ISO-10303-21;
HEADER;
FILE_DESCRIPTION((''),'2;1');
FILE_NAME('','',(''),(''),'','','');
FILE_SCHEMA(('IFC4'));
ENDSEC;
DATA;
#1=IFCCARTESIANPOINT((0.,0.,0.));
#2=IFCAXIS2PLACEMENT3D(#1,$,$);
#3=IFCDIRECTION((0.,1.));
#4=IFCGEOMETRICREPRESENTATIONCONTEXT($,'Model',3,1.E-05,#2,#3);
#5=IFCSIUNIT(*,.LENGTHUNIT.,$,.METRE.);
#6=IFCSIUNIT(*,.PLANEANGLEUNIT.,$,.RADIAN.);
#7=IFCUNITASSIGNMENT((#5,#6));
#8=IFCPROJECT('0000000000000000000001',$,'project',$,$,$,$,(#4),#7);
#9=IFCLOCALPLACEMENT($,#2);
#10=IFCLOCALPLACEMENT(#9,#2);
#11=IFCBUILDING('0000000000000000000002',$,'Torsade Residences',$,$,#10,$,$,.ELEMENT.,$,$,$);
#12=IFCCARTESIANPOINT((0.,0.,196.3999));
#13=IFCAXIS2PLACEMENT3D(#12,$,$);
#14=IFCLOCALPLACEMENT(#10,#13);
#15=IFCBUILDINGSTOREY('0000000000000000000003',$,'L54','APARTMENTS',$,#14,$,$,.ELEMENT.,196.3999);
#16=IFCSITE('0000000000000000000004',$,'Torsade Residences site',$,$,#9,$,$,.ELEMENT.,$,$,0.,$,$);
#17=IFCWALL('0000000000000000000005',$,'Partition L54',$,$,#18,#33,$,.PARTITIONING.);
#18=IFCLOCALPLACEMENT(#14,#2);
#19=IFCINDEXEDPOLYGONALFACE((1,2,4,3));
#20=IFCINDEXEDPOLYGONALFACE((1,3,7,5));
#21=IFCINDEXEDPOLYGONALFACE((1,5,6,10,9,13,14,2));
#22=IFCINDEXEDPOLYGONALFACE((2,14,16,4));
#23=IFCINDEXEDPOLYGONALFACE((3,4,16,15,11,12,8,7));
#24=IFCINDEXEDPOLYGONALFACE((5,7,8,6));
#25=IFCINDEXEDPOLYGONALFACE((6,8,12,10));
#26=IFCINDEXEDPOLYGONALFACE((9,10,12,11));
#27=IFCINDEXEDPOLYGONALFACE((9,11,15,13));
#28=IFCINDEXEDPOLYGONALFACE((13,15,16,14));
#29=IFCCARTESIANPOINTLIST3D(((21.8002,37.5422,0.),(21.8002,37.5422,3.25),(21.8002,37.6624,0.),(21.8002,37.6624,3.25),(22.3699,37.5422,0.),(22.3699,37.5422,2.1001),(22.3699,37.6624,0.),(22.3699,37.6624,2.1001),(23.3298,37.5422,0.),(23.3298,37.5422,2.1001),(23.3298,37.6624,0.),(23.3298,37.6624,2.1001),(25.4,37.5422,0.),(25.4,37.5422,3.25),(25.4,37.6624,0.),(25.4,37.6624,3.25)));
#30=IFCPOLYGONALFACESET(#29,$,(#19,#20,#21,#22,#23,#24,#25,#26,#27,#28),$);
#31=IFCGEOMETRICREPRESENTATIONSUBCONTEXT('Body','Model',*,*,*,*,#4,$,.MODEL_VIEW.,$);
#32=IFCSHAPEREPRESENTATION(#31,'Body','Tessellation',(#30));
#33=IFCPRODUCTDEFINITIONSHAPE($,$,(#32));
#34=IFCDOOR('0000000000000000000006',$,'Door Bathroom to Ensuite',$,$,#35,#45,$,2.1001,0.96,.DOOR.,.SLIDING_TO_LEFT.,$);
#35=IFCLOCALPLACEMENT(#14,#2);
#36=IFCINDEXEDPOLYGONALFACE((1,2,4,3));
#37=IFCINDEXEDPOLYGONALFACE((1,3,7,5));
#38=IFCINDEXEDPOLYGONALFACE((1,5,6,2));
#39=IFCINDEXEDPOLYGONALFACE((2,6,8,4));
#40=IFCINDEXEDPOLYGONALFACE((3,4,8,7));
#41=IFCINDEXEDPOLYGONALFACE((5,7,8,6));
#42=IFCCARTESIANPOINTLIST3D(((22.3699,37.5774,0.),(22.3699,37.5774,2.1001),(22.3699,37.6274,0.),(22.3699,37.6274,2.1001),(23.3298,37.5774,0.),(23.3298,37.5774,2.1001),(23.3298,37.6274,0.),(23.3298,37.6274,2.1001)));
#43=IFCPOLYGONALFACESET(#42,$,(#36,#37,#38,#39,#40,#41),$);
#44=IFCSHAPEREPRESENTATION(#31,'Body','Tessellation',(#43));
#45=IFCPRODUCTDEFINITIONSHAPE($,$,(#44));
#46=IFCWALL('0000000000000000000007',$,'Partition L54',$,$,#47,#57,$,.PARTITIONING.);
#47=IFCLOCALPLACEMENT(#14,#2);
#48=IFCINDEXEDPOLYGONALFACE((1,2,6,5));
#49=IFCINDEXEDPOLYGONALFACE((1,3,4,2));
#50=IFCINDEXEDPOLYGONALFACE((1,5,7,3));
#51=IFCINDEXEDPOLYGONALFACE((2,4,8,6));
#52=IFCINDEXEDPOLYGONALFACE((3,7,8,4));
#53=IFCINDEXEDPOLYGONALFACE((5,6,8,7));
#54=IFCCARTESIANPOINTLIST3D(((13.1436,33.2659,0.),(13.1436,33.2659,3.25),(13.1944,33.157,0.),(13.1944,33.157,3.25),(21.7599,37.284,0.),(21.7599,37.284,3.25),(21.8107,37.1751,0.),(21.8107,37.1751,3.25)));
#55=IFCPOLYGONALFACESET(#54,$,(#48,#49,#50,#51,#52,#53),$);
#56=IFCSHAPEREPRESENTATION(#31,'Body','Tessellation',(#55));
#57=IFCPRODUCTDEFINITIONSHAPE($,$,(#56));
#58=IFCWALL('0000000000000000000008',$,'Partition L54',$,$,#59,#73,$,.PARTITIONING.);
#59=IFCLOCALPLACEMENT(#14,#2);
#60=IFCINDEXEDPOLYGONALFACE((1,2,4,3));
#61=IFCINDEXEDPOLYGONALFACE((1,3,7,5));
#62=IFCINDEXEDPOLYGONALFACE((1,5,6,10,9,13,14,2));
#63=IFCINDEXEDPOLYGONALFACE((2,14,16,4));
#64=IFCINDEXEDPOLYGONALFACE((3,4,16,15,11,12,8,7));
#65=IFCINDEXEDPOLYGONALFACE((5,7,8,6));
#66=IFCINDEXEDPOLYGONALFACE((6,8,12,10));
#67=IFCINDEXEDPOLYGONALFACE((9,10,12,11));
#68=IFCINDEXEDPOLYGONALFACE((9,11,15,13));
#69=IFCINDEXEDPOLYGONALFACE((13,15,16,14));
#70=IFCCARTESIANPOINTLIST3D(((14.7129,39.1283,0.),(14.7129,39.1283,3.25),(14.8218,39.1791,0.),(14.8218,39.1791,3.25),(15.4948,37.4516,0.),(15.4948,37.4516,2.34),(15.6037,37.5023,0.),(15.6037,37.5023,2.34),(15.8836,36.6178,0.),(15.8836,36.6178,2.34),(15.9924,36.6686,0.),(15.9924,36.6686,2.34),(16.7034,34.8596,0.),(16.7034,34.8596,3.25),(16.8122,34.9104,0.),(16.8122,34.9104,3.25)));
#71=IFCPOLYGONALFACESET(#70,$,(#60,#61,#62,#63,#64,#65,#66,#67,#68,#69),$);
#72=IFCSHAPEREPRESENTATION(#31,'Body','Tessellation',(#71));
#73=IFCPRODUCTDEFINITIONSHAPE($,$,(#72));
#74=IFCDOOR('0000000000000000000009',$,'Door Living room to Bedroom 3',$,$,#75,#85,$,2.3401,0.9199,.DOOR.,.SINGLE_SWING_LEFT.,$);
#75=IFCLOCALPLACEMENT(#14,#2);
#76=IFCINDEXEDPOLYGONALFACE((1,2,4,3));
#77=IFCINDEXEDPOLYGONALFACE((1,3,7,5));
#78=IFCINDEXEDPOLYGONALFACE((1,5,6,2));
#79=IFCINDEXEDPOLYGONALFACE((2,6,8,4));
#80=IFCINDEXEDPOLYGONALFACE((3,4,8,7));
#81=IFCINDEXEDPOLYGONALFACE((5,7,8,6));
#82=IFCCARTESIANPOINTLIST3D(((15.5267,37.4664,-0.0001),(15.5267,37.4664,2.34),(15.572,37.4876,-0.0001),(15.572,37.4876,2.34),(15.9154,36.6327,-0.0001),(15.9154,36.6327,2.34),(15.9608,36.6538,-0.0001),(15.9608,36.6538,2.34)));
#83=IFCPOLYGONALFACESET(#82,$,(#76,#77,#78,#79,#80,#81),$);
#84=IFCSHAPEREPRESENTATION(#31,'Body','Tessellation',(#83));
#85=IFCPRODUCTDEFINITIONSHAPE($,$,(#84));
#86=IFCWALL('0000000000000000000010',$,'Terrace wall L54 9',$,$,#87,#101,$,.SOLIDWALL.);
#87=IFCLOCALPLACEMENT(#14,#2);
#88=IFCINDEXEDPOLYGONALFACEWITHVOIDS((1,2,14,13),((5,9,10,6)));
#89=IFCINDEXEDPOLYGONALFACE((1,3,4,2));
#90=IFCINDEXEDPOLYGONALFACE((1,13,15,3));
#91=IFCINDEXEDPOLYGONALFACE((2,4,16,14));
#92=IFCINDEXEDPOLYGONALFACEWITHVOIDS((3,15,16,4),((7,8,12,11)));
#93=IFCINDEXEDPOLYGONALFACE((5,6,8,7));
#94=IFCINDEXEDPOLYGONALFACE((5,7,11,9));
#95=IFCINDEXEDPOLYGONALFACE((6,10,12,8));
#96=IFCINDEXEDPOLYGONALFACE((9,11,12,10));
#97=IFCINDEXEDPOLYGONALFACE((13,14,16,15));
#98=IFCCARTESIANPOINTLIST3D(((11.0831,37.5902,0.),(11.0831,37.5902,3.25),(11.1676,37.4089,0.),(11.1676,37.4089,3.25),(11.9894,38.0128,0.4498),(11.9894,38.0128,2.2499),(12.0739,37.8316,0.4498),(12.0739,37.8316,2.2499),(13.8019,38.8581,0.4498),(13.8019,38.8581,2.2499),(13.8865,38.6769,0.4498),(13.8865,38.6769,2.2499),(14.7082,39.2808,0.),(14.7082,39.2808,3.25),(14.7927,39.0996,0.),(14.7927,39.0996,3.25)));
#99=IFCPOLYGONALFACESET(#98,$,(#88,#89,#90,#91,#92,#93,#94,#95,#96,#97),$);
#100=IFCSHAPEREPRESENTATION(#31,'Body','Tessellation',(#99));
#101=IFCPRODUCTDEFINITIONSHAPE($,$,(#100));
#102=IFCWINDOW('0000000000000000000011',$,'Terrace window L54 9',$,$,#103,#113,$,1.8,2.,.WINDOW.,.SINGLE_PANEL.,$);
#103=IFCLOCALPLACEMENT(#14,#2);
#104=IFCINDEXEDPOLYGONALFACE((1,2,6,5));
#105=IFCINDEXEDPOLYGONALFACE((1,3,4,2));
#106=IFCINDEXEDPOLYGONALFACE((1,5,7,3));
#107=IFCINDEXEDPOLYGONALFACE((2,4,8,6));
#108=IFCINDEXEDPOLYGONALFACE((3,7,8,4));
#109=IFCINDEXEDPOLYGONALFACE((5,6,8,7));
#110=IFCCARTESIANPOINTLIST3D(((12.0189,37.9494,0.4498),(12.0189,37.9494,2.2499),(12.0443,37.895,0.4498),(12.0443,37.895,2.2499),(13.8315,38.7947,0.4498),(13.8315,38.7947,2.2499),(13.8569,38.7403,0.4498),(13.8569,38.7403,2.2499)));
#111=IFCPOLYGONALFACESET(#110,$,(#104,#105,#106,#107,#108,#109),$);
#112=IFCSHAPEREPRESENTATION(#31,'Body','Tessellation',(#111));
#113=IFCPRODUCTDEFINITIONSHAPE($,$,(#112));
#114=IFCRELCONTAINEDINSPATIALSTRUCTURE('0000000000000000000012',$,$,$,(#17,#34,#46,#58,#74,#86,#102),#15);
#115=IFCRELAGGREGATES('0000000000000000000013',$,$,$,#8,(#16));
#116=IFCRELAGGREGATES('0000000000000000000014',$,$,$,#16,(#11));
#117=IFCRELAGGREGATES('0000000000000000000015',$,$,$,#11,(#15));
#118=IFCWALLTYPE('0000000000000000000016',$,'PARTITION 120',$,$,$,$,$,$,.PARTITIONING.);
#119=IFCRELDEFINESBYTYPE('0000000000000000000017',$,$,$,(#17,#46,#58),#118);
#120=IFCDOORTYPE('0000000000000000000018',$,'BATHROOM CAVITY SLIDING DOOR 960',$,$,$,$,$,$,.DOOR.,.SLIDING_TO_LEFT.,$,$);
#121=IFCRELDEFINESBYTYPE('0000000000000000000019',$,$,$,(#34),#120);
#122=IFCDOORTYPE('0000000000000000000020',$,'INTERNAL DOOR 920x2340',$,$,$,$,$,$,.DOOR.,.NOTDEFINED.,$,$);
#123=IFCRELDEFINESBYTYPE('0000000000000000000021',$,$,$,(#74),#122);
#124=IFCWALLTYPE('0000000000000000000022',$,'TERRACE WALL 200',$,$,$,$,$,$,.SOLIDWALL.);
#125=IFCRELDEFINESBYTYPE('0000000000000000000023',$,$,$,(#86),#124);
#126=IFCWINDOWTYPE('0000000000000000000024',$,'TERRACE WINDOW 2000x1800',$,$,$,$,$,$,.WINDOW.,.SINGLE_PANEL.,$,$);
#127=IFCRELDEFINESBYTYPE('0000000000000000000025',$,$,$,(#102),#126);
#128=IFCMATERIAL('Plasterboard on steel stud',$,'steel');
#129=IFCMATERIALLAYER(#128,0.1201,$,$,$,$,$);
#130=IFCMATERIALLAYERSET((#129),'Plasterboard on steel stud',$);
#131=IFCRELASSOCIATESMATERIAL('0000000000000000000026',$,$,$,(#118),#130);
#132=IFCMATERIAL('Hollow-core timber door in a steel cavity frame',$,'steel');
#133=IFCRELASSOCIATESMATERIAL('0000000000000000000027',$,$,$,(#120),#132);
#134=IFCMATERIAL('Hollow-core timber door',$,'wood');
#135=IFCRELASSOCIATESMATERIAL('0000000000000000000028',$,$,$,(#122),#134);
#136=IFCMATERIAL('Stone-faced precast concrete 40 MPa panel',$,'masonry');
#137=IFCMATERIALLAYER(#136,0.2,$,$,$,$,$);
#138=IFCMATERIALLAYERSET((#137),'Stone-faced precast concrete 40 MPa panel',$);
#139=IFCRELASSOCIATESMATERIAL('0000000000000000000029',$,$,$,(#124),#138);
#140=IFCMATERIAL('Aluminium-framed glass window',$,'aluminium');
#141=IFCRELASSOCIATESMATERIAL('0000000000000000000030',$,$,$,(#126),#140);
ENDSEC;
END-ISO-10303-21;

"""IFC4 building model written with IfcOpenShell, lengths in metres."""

from ifc_helpers import new_model, si_unit, direction, frame, frame_2d, origin, place, context, subcontext, project, spatial, rectangle, extrude, material, layer, layer_set, type_object, element, fill, save


model = new_model("IFC4")

# Units and contexts
model_context = context("Model", 3, precision=1e-05, world=origin(), true_north=direction((0.0, 1.0)))
body_context = subcontext(model_context, "Body", "Model", "MODEL_VIEW")
ifc_project = project(units=[si_unit("LENGTHUNIT", "METRE"), si_unit("PLANEANGLEUNIT", "RADIAN")], contexts=[model_context])

# Site, building, storey
site_placement = place(None, origin())
site = spatial("IfcSite", under=ifc_project, at=site_placement, Name="Torsade Residences site", CompositionType="ELEMENT", RefElevation=0.0)
building_placement = place(site_placement, origin())
building = spatial("IfcBuilding", under=site, at=building_placement, Name="Torsade Residences", CompositionType="ELEMENT")
storey_placement = place(building_placement, frame((0.0, 0.0, 196.3999)))
storey = spatial("IfcBuildingStorey", under=building, at=storey_placement, Name="L54", Description="APARTMENTS", CompositionType="ELEMENT", Elevation=196.3999)

# Wall, opening, door
ifc_material_1 = material(Name="Plasterboard on steel stud", Category="steel")
ifc_layer_1 = layer(ifc_material_1, 0.1201)
ifc_layer_set_1 = layer_set([ifc_layer_1], Name="Plasterboard on steel stud")
wall_type_1 = type_object("IfcWallType", Name="PARTITION 120", PredefinedType="PARTITIONING", material=ifc_layer_set_1)
wall_1_placement = place(storey_placement, frame((25.3999, 37.6023, 0.0), z_axis=(0.0, 0.0, 1.0), x_axis=(-1.0, 0.0, 0.0)))
wall_1 = element("IfcWall", 1, at=wall_1_placement, inside=storey, type_object=wall_type_1, Name="Partition L54", PredefinedType="PARTITIONING", context=body_context, shape_type="SweptSolid", body=[
    extrude(rectangle(XDim=3.5999, YDim=0.1201, at=frame_2d((1.7998, 0.0))), origin(), (0.0, 0.0, 1.0), 3.25),
])
opening_1_placement = place(wall_1_placement, frame((2.0701, 0.0, 0.0)))
opening_1 = element("IfcOpeningElement", 2, at=opening_1_placement, cuts=wall_1, PredefinedType="OPENING", context=body_context, shape_type="SweptSolid", body=[
    extrude(rectangle(XDim=0.96, YDim=2.1001, at=frame_2d((0.48, 1.05))), frame((0.0, 0.0701, 0.0), z_axis=(0.0, -1.0, 0.0), x_axis=(1.0, 0.0, 0.0)), (0.0, 0.0, 1.0), 0.1401),
])
ifc_material_2 = material(Name="Hollow-core timber door in a steel cavity frame", Category="steel")
door_type_1 = type_object("IfcDoorType", Name="BATHROOM CAVITY SLIDING DOOR 960", OperationType="SLIDING_TO_LEFT", PredefinedType="DOOR", material=ifc_material_2)
door_1_placement = place(opening_1_placement, origin())
door_1 = element("IfcDoor", 3, at=door_1_placement, inside=storey, type_object=door_type_1, Name="Door Bathroom to Ensuite", OperationType="SLIDING_TO_LEFT", OverallHeight=2.1001, OverallWidth=0.96, PredefinedType="DOOR", context=body_context, shape_type="SweptSolid", body=[
    extrude(rectangle(XDim=0.96, YDim=2.1001, at=frame_2d((0.48, 1.05))), frame((0.0, 0.0249, 0.0), z_axis=(0.0, -1.0, 0.0), x_axis=(1.0, 0.0, 0.0)), (0.0, 0.0, 1.0), 0.05),
])
fill(opening_1, door_1)

# Wall
wall_2_placement = place(storey_placement, frame((21.7852, 37.2295, 0.0), z_axis=(0.0, 0.0, 1.0), x_axis=(-0.906297, -0.422641, 0.0)))
element("IfcWall", 4, at=wall_2_placement, inside=storey, type_object=wall_type_1, Name="Partition L54", PredefinedType="PARTITIONING", context=body_context, shape_type="SweptSolid", body=[
    extrude(rectangle(XDim=9.5071, YDim=0.1201, at=frame_2d((4.7534, 0.0))), origin(), (0.0, 0.0, 1.0), 3.25),
])

# Wall, opening, door
wall_3_placement = place(storey_placement, frame((16.7578, 34.885, 0.0), z_axis=(0.0, 0.0, 1.0), x_axis=(-0.422602, 0.906316, 0.0)))
wall_3 = element("IfcWall", 5, at=wall_3_placement, inside=storey, type_object=wall_type_1, Name="Partition L54", PredefinedType="PARTITIONING", context=body_context, shape_type="SweptSolid", body=[
    extrude(rectangle(XDim=4.71, YDim=0.1201, at=frame_2d((2.355, 0.0))), origin(), (0.0, 0.0, 1.0), 3.25),
])
opening_2_placement = place(wall_3_placement, frame((1.9399, 0.0, 0.0)))
opening_2 = element("IfcOpeningElement", 6, at=opening_2_placement, cuts=wall_3, PredefinedType="OPENING", context=body_context, shape_type="SweptSolid", body=[
    extrude(rectangle(XDim=0.9199, YDim=2.3401, at=frame_2d((0.46, 1.1699))), frame((0.0, 0.0701, 0.0), z_axis=(0.0, -1.0, 0.0), x_axis=(1.0, 0.0, 0.0)), (0.0, 0.0, 1.0), 0.1401),
])
ifc_material_3 = material(Name="Hollow-core timber door", Category="wood")
door_type_2 = type_object("IfcDoorType", Name="INTERNAL DOOR 920x2340", OperationType="NOTDEFINED", PredefinedType="DOOR", material=ifc_material_3)
door_2_placement = place(opening_2_placement, origin())
door_2 = element("IfcDoor", 7, at=door_2_placement, inside=storey, type_object=door_type_2, Name="Door Living room to Bedroom 3", OperationType="SINGLE_SWING_LEFT", OverallHeight=2.3401, OverallWidth=0.9199, PredefinedType="DOOR", context=body_context, shape_type="SweptSolid", body=[
    extrude(rectangle(XDim=0.9199, YDim=2.3401, at=frame_2d((0.46, 1.1699))), frame((0.0, 0.0249, 0.0), z_axis=(0.0, -1.0, 0.0), x_axis=(1.0, 0.0, 0.0)), (0.0, 0.0, 1.0), 0.05),
])
fill(opening_2, door_2)

# Wall, opening, window
ifc_material_4 = material(Name="Stone-faced precast concrete 40 MPa panel", Category="masonry")
ifc_layer_2 = layer(ifc_material_4, 0.2)
ifc_layer_set_2 = layer_set([ifc_layer_2], Name="Stone-faced precast concrete 40 MPa panel")
wall_type_2 = type_object("IfcWallType", Name="TERRACE WALL 200", PredefinedType="SOLIDWALL", material=ifc_layer_set_2)
wall_4_placement = place(storey_placement, frame((14.7505, 39.1902, 0.0), z_axis=(0.0, 0.0, 1.0), x_axis=(-0.906289, -0.422658, 0.0)))
wall_4 = element("IfcWall", 8, at=wall_4_placement, inside=storey, type_object=wall_type_2, Name="Terrace wall L54 9", PredefinedType="SOLIDWALL", context=body_context, shape_type="SweptSolid", body=[
    extrude(rectangle(XDim=4.0, YDim=0.2, at=frame_2d((2.0, 0.0))), origin(), (0.0, 0.0, 1.0), 3.25),
])
opening_3_placement = place(wall_4_placement, frame((1.0, 0.0, 0.45)))
opening_3 = element("IfcOpeningElement", 9, at=opening_3_placement, cuts=wall_4, PredefinedType="OPENING", context=body_context, shape_type="SweptSolid", body=[
    extrude(rectangle(XDim=2.0, YDim=1.8, at=frame_2d((1.0, 0.8999))), frame((0.0, 0.1099, 0.0), z_axis=(0.0, -1.0, 0.0), x_axis=(1.0, 0.0, 0.0)), (0.0, 0.0, 1.0), 0.22),
])
ifc_material_5 = material(Name="Aluminium-framed glass window", Category="aluminium")
window_type = type_object("IfcWindowType", Name="TERRACE WINDOW 2000x1800", PartitioningType="SINGLE_PANEL", PredefinedType="WINDOW", material=ifc_material_5)
window_placement = place(opening_3_placement, origin())
window = element("IfcWindow", 10, at=window_placement, inside=storey, type_object=window_type, Name="Terrace window L54 9", OverallHeight=1.8, OverallWidth=2.0, PartitioningType="SINGLE_PANEL", PredefinedType="WINDOW", context=body_context, shape_type="SweptSolid", body=[
    extrude(rectangle(XDim=2.0, YDim=1.8, at=frame_2d((1.0, 0.8999))), frame((0.0, 0.03, 0.0), z_axis=(0.0, -1.0, 0.0), x_axis=(1.0, 0.0, 0.0)), (0.0, 0.0, 1.0), 0.0601),
])
fill(opening_3, window)

save(model, "model.ifc")
